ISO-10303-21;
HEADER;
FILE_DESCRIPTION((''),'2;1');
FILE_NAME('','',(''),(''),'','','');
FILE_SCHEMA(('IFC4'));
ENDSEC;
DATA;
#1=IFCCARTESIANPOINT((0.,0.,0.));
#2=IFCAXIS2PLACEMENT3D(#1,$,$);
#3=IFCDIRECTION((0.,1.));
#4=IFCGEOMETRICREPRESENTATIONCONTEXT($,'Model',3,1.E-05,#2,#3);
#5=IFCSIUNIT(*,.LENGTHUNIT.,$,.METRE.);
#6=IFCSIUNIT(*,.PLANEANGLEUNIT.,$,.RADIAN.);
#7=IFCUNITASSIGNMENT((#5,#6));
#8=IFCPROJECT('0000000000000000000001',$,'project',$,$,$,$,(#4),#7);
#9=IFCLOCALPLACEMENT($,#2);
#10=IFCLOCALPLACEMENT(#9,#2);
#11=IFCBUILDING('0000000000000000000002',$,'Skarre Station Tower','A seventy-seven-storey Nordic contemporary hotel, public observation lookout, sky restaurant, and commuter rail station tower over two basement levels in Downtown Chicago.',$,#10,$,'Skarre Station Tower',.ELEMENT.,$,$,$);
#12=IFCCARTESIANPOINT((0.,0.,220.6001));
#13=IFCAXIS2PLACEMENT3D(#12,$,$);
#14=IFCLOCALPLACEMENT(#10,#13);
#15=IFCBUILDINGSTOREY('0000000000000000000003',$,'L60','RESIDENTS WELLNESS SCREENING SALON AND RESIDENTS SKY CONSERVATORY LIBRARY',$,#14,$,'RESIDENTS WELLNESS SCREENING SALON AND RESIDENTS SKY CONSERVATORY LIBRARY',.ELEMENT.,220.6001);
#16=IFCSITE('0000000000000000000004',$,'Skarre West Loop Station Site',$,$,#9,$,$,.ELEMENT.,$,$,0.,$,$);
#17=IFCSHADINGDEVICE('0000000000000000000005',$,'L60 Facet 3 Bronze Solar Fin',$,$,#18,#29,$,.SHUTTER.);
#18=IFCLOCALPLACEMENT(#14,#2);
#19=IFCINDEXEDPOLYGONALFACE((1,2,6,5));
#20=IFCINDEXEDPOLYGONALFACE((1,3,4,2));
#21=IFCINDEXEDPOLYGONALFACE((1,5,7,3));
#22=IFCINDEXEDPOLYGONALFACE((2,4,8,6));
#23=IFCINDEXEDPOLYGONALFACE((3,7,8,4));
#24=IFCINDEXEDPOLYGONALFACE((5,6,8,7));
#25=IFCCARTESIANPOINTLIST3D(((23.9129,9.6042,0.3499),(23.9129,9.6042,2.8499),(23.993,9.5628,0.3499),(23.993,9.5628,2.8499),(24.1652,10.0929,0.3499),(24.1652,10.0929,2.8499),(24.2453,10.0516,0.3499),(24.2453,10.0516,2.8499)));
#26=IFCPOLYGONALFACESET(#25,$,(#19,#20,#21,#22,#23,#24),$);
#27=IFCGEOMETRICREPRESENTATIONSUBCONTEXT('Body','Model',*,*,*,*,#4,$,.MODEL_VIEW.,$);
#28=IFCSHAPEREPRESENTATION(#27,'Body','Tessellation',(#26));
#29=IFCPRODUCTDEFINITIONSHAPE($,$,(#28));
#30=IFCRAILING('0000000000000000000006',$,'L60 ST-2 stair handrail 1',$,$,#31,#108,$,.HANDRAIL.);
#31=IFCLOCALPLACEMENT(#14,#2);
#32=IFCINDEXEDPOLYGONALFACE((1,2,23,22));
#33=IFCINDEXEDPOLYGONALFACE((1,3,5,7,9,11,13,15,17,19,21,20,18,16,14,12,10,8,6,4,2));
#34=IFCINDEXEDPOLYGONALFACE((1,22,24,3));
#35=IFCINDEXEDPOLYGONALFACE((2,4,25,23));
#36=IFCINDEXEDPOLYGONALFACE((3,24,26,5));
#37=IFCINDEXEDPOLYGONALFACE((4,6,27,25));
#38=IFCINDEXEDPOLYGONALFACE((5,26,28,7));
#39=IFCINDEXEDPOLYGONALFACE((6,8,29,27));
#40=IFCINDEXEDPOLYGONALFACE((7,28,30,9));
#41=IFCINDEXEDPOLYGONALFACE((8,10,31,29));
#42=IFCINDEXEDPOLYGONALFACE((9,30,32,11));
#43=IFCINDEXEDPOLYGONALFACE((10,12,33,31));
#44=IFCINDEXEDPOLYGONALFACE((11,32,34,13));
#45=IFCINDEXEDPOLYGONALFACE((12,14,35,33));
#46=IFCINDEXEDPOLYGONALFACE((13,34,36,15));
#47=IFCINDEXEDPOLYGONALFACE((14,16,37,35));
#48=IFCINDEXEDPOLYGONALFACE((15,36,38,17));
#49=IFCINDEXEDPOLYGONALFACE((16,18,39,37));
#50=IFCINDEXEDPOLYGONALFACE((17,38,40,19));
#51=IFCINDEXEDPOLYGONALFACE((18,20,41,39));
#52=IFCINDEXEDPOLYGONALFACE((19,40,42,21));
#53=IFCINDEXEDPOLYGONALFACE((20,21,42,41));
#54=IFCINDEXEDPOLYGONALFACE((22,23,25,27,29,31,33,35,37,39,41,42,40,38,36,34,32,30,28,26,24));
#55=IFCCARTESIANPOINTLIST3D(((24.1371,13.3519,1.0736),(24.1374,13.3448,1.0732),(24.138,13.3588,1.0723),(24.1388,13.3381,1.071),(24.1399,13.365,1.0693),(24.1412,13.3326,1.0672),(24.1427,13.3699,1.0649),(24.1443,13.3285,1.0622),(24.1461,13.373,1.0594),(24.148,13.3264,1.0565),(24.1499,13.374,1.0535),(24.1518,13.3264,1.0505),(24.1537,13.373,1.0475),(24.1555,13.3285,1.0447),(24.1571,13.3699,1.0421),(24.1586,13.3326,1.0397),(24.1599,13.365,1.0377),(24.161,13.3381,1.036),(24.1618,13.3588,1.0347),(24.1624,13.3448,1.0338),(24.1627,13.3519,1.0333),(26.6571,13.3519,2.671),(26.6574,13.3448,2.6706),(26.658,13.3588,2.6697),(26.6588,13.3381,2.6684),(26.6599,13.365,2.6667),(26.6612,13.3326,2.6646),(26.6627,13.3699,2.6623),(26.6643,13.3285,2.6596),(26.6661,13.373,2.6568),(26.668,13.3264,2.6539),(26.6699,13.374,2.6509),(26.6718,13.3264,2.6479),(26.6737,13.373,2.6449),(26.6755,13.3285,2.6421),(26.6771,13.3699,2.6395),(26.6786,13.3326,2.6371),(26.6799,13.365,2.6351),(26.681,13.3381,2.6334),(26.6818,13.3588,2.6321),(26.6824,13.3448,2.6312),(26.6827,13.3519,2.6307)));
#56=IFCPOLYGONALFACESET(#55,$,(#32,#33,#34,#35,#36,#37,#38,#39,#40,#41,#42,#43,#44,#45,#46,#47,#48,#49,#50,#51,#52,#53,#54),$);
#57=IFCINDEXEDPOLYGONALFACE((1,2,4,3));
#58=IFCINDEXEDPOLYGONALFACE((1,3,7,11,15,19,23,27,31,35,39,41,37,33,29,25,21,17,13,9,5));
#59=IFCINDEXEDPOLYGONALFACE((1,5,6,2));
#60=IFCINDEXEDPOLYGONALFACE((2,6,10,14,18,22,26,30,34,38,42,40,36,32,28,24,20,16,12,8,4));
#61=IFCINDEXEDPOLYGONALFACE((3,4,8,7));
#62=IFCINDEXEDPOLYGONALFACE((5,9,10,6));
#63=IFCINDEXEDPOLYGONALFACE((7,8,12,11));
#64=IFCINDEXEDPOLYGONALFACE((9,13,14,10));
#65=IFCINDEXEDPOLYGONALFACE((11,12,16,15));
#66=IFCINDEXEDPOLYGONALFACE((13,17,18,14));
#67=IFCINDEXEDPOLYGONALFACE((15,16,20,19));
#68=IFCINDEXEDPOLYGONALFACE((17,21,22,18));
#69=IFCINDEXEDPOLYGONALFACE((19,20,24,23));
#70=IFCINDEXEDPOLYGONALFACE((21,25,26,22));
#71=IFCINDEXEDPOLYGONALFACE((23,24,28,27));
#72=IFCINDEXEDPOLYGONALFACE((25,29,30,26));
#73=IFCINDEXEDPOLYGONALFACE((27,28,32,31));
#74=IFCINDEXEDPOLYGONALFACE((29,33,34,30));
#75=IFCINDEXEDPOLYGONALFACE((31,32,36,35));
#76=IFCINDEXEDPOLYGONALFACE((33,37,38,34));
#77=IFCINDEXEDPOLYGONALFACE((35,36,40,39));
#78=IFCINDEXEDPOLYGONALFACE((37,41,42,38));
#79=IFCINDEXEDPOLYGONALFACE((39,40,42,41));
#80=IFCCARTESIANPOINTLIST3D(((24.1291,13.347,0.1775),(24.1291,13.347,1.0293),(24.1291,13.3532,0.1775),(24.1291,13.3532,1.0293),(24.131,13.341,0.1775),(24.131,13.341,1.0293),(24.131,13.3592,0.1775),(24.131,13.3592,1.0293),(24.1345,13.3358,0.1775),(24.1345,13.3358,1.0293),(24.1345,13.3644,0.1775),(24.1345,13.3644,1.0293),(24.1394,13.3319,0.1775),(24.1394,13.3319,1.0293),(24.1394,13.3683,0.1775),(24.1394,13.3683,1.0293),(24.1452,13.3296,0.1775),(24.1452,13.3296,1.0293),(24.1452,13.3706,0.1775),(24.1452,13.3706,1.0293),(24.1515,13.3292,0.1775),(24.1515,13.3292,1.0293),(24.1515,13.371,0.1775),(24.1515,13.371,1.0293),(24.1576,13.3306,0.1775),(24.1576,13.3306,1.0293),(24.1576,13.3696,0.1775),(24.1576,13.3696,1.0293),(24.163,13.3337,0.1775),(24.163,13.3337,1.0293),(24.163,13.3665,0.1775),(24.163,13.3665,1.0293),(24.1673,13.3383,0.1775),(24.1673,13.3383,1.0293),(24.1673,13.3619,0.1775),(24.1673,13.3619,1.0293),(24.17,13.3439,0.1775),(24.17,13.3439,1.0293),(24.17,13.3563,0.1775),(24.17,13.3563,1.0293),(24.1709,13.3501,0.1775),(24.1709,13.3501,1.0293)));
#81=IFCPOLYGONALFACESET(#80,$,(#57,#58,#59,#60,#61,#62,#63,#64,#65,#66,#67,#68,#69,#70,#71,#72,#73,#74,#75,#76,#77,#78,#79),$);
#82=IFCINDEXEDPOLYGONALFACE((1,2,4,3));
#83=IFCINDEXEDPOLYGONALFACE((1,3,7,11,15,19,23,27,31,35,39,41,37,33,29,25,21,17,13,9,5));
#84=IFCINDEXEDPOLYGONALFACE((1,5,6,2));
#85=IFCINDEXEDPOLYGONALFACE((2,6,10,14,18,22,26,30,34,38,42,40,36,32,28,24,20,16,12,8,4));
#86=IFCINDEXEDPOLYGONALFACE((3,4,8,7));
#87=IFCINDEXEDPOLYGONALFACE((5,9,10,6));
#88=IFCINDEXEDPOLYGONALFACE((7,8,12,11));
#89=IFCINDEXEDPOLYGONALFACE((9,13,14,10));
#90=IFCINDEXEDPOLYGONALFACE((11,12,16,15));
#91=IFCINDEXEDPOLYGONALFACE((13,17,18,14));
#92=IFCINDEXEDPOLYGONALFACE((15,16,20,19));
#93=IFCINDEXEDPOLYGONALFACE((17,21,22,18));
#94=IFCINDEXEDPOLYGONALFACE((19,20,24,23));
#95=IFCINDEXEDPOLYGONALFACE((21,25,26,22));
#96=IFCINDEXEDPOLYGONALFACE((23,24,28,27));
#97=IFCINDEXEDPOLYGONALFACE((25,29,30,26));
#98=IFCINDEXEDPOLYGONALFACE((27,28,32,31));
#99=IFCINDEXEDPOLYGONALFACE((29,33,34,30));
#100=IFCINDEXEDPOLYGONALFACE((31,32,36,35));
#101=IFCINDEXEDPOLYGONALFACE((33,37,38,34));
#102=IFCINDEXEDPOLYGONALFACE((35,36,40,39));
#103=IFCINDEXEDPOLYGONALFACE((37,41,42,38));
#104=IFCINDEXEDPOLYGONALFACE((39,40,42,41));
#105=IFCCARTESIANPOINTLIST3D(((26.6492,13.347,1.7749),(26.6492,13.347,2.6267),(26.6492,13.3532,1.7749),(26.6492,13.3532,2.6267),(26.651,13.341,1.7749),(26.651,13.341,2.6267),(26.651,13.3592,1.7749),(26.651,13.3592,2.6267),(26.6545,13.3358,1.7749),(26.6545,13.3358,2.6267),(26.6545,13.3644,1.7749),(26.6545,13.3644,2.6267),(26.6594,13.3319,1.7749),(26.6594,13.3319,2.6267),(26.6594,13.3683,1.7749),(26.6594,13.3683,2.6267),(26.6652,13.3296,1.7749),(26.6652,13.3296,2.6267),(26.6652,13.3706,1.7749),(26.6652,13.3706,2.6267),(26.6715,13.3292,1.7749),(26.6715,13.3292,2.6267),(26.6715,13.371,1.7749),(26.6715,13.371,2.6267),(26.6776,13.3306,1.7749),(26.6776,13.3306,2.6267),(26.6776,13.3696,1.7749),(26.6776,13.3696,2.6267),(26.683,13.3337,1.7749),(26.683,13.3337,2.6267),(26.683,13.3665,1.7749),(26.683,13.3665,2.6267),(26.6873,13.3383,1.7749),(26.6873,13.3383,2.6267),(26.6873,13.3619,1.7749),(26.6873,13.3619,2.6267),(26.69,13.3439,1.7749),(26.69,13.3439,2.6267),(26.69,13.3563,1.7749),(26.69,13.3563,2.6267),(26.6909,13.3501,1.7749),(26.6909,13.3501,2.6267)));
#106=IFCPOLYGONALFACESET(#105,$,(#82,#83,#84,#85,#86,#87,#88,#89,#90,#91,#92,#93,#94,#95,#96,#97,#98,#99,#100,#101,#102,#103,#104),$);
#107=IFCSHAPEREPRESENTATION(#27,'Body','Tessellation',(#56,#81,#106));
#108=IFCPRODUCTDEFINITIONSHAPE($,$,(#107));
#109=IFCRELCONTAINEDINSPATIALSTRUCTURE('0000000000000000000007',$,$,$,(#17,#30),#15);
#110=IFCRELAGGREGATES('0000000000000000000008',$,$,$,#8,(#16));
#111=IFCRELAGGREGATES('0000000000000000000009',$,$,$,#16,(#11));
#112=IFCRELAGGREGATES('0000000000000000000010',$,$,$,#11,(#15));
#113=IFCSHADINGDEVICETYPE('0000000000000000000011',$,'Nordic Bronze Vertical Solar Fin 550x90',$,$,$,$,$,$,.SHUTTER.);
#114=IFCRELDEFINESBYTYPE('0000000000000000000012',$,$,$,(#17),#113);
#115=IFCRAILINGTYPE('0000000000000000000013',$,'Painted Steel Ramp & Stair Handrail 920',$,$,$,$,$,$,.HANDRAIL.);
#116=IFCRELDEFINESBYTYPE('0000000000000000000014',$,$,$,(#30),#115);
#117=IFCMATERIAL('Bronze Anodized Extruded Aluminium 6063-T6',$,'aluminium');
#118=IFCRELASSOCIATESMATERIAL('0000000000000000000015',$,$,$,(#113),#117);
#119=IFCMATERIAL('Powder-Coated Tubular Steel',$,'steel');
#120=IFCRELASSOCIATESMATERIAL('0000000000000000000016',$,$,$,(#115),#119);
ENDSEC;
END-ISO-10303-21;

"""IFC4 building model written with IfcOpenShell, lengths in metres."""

from ifc_helpers import new_model, si_unit, direction, frame, origin, origin_2d, place, context, subcontext, project, spatial, rectangle, circle, extrude, material, type_object, element, save


model = new_model("IFC4")

# Units and contexts
model_context = context("Model", 3, precision=1e-05, world=origin(), true_north=direction((0.0, 1.0)))
body_context = subcontext(model_context, "Body", "Model", "MODEL_VIEW")
ifc_project = project(units=[si_unit("LENGTHUNIT", "METRE"), si_unit("PLANEANGLEUNIT", "RADIAN")], contexts=[model_context])

# Site, building, storey
site_placement = place(None, origin())
site = spatial("IfcSite", under=ifc_project, at=site_placement, Name="Skarre West Loop Station Site", CompositionType="ELEMENT", RefElevation=0.0)
building_placement = place(site_placement, origin())
building = spatial("IfcBuilding", under=site, at=building_placement, Name="Skarre Station Tower", Description="A seventy-seven-storey Nordic contemporary hotel, public observation lookout, sky restaurant, and commuter rail station tower over two basement levels in Downtown Chicago.", LongName="Skarre Station Tower", CompositionType="ELEMENT")
storey_placement = place(building_placement, frame((0.0, 0.0, 220.6001)))
storey = spatial("IfcBuildingStorey", under=building, at=storey_placement, Name="L60", Description="RESIDENTS WELLNESS SCREENING SALON AND RESIDENTS SKY CONSERVATORY LIBRARY", LongName="RESIDENTS WELLNESS SCREENING SALON AND RESIDENTS SKY CONSERVATORY LIBRARY", CompositionType="ELEMENT", Elevation=220.6001)

# Shading device
ifc_material_1 = material(Name="Bronze Anodized Extruded Aluminium 6063-T6", Category="aluminium")
shading_device_type = type_object("IfcShadingDeviceType", Name="Nordic Bronze Vertical Solar Fin 550x90", PredefinedType="SHUTTER", material=ifc_material_1)
shading_device_placement = place(storey_placement, frame((24.0791, 9.8279, 0.3499), z_axis=(0.0, 0.0, 1.0), x_axis=(-0.458712, -0.888585, 0.0)))
element("IfcShadingDevice", 1, at=shading_device_placement, inside=storey, type_object=shading_device_type, Name="L60 Facet 3 Bronze Solar Fin", PredefinedType="SHUTTER", context=body_context, shape_type="SweptSolid", body=[
    extrude(rectangle(XDim=0.55, YDim=0.0901, at=origin_2d()), origin(), (0.0, 0.0, 1.0), 2.5),
])

# Railing
ifc_material_2 = material(Name="Powder-Coated Tubular Steel", Category="steel")
railing_type_1 = type_object("IfcRailingType", Name="Painted Steel Ramp & Stair Handrail 920", PredefinedType="HANDRAIL", material=ifc_material_2)
railing_1_placement = place(storey_placement, frame((24.1499, 13.3501, 0.1775)))
element("IfcRailing", 2, at=railing_1_placement, inside=storey, type_object=railing_type_1, Name="L60 ST-2 stair handrail 1", PredefinedType="HANDRAIL", context=body_context, shape_type="SweptSolid", body=[
    extrude(circle(Radius=0.0239, at=origin_2d()), frame((0.0, 0.0, 0.876), z_axis=(0.844607, 0.0, 0.535387), x_axis=(0.0, 1.0, 0.0)), (0.0, 0.0, 1.0), 2.9836),
    extrude(circle(Radius=0.021, at=origin_2d()), origin(), (0.0, 0.0, 1.0), 0.8518),
    extrude(circle(Radius=0.021, at=origin_2d()), frame((2.52, 0.0, 1.5974)), (0.0, 0.0, 1.0), 0.8518),
])

save(model, "model.ifc")
